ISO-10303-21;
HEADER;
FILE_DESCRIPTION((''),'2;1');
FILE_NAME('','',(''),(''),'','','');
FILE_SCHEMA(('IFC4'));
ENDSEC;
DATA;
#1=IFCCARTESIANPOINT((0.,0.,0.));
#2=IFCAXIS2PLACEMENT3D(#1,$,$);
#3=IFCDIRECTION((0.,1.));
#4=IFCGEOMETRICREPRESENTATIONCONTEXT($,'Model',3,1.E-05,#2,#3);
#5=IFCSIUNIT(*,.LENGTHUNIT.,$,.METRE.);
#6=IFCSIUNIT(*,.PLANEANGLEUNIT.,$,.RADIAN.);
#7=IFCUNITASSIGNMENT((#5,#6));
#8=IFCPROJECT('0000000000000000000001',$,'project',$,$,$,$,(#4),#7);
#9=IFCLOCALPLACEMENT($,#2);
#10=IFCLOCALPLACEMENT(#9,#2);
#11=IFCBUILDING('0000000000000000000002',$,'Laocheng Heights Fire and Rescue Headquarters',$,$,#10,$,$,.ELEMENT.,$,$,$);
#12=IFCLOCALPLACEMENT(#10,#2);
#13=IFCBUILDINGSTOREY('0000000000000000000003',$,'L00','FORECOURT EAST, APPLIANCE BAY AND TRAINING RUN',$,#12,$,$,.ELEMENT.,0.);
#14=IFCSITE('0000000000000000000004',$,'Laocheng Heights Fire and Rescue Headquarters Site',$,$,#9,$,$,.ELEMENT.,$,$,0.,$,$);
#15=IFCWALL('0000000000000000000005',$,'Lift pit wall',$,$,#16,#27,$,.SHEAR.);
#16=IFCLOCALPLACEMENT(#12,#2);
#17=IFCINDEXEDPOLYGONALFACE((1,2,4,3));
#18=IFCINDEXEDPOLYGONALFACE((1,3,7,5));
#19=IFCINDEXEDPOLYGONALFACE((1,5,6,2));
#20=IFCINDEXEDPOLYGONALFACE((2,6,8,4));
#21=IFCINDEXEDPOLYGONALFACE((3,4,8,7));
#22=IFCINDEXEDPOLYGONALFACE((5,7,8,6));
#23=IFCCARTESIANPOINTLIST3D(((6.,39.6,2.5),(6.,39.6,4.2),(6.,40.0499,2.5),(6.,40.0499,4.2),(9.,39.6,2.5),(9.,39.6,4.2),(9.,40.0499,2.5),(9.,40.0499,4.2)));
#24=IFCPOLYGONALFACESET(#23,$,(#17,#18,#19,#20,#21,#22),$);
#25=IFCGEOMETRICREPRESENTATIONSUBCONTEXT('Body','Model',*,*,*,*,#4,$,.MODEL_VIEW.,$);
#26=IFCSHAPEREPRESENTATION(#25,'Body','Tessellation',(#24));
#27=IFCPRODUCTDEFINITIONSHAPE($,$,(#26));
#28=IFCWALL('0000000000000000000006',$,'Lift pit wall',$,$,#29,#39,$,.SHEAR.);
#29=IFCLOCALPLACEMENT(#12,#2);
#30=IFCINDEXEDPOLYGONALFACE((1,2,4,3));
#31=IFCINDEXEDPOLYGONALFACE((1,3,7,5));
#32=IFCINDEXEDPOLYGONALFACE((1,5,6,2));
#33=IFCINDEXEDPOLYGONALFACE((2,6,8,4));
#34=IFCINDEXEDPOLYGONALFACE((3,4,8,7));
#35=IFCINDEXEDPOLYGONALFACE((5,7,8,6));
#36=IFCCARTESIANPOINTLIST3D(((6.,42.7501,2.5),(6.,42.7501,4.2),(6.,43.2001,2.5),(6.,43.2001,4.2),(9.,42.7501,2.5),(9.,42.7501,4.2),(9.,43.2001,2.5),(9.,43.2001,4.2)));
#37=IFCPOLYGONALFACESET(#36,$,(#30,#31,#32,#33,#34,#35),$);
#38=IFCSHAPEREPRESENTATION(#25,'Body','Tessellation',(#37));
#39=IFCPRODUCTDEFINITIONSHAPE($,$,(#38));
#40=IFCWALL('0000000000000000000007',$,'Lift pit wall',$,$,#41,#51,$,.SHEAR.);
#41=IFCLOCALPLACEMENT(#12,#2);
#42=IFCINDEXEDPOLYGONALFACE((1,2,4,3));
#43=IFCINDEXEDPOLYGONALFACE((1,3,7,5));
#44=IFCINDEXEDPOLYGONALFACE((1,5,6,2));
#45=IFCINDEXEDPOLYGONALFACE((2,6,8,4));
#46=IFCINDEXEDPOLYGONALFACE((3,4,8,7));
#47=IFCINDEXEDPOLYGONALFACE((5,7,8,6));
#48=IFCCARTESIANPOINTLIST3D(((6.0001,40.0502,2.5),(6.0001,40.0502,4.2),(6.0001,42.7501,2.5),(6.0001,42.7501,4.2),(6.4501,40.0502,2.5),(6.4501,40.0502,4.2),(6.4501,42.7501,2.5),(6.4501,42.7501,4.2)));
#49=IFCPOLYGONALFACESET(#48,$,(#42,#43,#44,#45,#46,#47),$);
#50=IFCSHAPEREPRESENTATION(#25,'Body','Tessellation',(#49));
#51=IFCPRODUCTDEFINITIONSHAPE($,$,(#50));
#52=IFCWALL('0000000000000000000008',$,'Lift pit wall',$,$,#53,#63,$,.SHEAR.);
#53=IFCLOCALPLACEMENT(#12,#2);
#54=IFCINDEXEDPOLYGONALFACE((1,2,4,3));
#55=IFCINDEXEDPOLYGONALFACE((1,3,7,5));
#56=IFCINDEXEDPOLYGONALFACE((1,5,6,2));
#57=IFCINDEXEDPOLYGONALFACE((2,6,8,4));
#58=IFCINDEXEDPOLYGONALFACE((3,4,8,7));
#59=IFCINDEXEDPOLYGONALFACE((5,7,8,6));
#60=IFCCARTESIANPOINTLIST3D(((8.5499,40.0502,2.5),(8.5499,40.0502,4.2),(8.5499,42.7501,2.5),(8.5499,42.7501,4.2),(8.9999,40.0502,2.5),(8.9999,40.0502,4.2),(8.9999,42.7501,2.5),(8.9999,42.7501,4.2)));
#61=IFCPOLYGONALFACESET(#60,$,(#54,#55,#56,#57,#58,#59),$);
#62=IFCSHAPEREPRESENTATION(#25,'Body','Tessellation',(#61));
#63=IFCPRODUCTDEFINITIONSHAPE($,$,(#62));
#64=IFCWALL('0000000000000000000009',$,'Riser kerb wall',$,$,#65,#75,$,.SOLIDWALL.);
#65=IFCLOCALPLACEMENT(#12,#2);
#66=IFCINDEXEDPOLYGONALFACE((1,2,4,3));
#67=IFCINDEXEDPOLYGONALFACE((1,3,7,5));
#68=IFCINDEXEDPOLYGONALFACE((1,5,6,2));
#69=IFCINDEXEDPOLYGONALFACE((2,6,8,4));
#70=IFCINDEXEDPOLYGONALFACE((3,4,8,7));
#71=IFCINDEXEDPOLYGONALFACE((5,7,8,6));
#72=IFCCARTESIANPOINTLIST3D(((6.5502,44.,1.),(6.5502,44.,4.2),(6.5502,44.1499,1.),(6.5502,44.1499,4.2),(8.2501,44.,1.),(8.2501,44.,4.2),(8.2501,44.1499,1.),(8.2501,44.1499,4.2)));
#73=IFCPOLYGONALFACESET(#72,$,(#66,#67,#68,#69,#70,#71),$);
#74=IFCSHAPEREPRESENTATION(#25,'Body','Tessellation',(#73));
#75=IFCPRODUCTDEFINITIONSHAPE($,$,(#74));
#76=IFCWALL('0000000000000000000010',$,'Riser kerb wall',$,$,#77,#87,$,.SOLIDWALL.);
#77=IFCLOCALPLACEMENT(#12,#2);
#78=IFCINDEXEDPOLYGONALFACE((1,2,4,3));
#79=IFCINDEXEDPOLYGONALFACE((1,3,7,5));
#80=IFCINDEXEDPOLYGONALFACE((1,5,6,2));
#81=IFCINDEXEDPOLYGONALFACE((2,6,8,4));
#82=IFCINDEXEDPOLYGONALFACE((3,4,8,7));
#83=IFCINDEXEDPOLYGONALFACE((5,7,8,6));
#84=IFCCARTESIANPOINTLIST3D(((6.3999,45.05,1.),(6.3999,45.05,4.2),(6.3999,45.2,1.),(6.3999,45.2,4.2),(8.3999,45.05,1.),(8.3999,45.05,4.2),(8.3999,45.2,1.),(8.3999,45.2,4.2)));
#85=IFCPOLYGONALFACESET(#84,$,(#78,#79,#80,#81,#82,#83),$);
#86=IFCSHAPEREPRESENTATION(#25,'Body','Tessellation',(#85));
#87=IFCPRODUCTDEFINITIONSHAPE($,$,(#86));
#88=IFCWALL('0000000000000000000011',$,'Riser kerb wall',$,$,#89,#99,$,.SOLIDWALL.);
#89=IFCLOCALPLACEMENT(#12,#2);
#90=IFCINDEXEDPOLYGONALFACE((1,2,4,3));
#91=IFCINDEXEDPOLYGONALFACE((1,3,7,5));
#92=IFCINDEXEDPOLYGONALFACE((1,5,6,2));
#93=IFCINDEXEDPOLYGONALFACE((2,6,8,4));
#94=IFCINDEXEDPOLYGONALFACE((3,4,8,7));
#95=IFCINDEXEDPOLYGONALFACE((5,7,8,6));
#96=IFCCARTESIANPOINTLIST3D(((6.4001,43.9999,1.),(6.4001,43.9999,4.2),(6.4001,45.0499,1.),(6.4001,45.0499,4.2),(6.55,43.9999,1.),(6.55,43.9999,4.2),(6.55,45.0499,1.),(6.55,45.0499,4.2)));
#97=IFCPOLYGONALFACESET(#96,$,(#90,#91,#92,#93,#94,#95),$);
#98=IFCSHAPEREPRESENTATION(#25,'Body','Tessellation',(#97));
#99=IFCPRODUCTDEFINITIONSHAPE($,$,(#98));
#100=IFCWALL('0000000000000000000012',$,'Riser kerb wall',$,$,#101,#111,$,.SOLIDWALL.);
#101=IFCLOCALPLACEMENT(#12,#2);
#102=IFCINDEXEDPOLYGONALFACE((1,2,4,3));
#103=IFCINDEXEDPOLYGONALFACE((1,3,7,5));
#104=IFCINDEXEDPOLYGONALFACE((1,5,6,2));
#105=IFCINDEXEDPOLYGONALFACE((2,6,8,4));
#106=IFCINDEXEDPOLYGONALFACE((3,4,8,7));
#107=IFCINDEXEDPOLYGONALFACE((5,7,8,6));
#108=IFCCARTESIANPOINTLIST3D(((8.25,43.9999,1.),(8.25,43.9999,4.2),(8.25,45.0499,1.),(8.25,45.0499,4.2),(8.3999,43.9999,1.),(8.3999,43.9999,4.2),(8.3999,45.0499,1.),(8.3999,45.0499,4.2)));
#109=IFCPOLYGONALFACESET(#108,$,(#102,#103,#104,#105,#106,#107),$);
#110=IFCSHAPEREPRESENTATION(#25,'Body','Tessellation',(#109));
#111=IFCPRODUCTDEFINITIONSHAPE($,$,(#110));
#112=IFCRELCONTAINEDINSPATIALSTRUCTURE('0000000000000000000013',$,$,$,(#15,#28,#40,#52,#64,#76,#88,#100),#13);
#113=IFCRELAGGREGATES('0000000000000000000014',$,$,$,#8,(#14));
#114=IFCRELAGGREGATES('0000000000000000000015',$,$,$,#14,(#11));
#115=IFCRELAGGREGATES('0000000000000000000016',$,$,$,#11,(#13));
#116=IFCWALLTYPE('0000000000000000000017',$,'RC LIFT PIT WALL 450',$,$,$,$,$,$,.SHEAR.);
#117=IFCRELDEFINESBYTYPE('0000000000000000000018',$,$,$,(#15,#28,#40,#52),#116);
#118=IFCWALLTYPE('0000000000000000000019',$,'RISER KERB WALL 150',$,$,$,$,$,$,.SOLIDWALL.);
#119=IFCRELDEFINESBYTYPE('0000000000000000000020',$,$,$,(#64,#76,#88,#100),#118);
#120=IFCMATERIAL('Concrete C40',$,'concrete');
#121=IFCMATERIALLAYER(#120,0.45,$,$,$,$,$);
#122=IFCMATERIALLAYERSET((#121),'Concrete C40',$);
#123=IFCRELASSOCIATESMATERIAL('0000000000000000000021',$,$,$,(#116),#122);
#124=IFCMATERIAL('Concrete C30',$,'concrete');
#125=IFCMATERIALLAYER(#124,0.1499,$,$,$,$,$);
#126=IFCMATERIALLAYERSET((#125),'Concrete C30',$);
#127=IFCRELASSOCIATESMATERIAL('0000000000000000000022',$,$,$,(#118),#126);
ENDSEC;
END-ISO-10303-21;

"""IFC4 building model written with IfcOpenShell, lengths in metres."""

from ifc_helpers import new_model, si_unit, direction, frame, frame_2d, origin, place, context, subcontext, project, spatial, rectangle, extrude, material, layer, layer_set, type_object, element, save


model = new_model("IFC4")

# Units and contexts
model_context = context("Model", 3, precision=1e-05, world=origin(), true_north=direction((0.0, 1.0)))
body_context = subcontext(model_context, "Body", "Model", "MODEL_VIEW")
ifc_project = project(units=[si_unit("LENGTHUNIT", "METRE"), si_unit("PLANEANGLEUNIT", "RADIAN")], contexts=[model_context])

# Site, building, storey
site_placement = place(None, origin())
site = spatial("IfcSite", under=ifc_project, at=site_placement, Name="Laocheng Heights Fire and Rescue Headquarters Site", CompositionType="ELEMENT", RefElevation=0.0)
building_placement = place(site_placement, origin())
building = spatial("IfcBuilding", under=site, at=building_placement, Name="Laocheng Heights Fire and Rescue Headquarters", CompositionType="ELEMENT")
storey_placement = place(building_placement, origin())
storey = spatial("IfcBuildingStorey", under=building, at=storey_placement, Name="L00", Description="FORECOURT EAST, APPLIANCE BAY AND TRAINING RUN", CompositionType="ELEMENT", Elevation=0.0)

# Walls
ifc_material_1 = material(Name="Concrete C40", Category="concrete")
ifc_layer_1 = layer(ifc_material_1, 0.45)
ifc_layer_set_1 = layer_set([ifc_layer_1], Name="Concrete C40")
wall_type_1 = type_object("IfcWallType", Name="RC LIFT PIT WALL 450", PredefinedType="SHEAR", material=ifc_layer_set_1)
for number, where, z_axis, x_axis, name in (
    (1, (6.0, 39.825, 2.5), (0.0, 0.0, 1.0), (1.0, 0.0, 0.0), "Lift pit wall"),
    (2, (6.0, 42.9751, 2.5), (0.0, 0.0, 1.0), (1.0, 0.0, 0.0), "Lift pit wall"),
):
    element("IfcWall", number, at=place(storey_placement, frame(where, z_axis=z_axis, x_axis=x_axis)), inside=storey, type_object=wall_type_1, Name=name, PredefinedType="SHEAR", context=body_context, shape_type="SweptSolid", body=[
        extrude(rectangle(XDim=3.0, YDim=0.45, at=frame_2d((1.5, 0.0))), origin(), (0.0, 0.0, 1.0), 1.7),
    ])
for number, where, z_axis, x_axis, name in (
    (3, (6.2251, 40.05, 2.5), (0.0, 0.0, 1.0), (0.0, 1.0, 0.0), "Lift pit wall"),
    (4, (8.7749, 40.05, 2.5), (0.0, 0.0, 1.0), (0.0, 1.0, 0.0), "Lift pit wall"),
):
    element("IfcWall", number, at=place(storey_placement, frame(where, z_axis=z_axis, x_axis=x_axis)), inside=storey, type_object=wall_type_1, Name=name, PredefinedType="SHEAR", context=body_context, shape_type="SweptSolid", body=[
        extrude(rectangle(XDim=2.7, YDim=0.45, at=frame_2d((1.3501, 0.0))), origin(), (0.0, 0.0, 1.0), 1.7),
    ])
ifc_material_2 = material(Name="Concrete C30", Category="concrete")
ifc_layer_2 = layer(ifc_material_2, 0.1499)
ifc_layer_set_2 = layer_set([ifc_layer_2], Name="Concrete C30")
wall_type_2 = type_object("IfcWallType", Name="RISER KERB WALL 150", PredefinedType="SOLIDWALL", material=ifc_layer_set_2)
wall_1_placement = place(storey_placement, frame((6.55, 44.075, 1.0), z_axis=(0.0, 0.0, 1.0), x_axis=(1.0, 0.0, 0.0)))
element("IfcWall", 5, at=wall_1_placement, inside=storey, type_object=wall_type_2, Name="Riser kerb wall", PredefinedType="SOLIDWALL", context=body_context, shape_type="SweptSolid", body=[
    extrude(rectangle(XDim=1.7, YDim=0.1499, at=frame_2d((0.8501, 0.0))), origin(), (0.0, 0.0, 1.0), 3.2),
])
wall_2_placement = place(storey_placement, frame((6.3999, 45.125, 1.0), z_axis=(0.0, 0.0, 1.0), x_axis=(1.0, 0.0, 0.0)))
element("IfcWall", 6, at=wall_2_placement, inside=storey, type_object=wall_type_2, Name="Riser kerb wall", PredefinedType="SOLIDWALL", context=body_context, shape_type="SweptSolid", body=[
    extrude(rectangle(XDim=2.0, YDim=0.1499, at=frame_2d((1.0, 0.0))), origin(), (0.0, 0.0, 1.0), 3.2),
])
for number, where, z_axis, x_axis, name in (
    (7, (6.4751, 44.0, 1.0), (0.0, 0.0, 1.0), (0.0, 1.0, 0.0), "Riser kerb wall"),
    (8, (8.325, 44.0, 1.0), (0.0, 0.0, 1.0), (0.0, 1.0, 0.0), "Riser kerb wall"),
):
    element("IfcWall", number, at=place(storey_placement, frame(where, z_axis=z_axis, x_axis=x_axis)), inside=storey, type_object=wall_type_2, Name=name, PredefinedType="SOLIDWALL", context=body_context, shape_type="SweptSolid", body=[
        extrude(rectangle(XDim=1.05, YDim=0.1499, at=frame_2d((0.5249, 0.0))), origin(), (0.0, 0.0, 1.0), 3.2),
    ])

save(model, "model.ifc")
